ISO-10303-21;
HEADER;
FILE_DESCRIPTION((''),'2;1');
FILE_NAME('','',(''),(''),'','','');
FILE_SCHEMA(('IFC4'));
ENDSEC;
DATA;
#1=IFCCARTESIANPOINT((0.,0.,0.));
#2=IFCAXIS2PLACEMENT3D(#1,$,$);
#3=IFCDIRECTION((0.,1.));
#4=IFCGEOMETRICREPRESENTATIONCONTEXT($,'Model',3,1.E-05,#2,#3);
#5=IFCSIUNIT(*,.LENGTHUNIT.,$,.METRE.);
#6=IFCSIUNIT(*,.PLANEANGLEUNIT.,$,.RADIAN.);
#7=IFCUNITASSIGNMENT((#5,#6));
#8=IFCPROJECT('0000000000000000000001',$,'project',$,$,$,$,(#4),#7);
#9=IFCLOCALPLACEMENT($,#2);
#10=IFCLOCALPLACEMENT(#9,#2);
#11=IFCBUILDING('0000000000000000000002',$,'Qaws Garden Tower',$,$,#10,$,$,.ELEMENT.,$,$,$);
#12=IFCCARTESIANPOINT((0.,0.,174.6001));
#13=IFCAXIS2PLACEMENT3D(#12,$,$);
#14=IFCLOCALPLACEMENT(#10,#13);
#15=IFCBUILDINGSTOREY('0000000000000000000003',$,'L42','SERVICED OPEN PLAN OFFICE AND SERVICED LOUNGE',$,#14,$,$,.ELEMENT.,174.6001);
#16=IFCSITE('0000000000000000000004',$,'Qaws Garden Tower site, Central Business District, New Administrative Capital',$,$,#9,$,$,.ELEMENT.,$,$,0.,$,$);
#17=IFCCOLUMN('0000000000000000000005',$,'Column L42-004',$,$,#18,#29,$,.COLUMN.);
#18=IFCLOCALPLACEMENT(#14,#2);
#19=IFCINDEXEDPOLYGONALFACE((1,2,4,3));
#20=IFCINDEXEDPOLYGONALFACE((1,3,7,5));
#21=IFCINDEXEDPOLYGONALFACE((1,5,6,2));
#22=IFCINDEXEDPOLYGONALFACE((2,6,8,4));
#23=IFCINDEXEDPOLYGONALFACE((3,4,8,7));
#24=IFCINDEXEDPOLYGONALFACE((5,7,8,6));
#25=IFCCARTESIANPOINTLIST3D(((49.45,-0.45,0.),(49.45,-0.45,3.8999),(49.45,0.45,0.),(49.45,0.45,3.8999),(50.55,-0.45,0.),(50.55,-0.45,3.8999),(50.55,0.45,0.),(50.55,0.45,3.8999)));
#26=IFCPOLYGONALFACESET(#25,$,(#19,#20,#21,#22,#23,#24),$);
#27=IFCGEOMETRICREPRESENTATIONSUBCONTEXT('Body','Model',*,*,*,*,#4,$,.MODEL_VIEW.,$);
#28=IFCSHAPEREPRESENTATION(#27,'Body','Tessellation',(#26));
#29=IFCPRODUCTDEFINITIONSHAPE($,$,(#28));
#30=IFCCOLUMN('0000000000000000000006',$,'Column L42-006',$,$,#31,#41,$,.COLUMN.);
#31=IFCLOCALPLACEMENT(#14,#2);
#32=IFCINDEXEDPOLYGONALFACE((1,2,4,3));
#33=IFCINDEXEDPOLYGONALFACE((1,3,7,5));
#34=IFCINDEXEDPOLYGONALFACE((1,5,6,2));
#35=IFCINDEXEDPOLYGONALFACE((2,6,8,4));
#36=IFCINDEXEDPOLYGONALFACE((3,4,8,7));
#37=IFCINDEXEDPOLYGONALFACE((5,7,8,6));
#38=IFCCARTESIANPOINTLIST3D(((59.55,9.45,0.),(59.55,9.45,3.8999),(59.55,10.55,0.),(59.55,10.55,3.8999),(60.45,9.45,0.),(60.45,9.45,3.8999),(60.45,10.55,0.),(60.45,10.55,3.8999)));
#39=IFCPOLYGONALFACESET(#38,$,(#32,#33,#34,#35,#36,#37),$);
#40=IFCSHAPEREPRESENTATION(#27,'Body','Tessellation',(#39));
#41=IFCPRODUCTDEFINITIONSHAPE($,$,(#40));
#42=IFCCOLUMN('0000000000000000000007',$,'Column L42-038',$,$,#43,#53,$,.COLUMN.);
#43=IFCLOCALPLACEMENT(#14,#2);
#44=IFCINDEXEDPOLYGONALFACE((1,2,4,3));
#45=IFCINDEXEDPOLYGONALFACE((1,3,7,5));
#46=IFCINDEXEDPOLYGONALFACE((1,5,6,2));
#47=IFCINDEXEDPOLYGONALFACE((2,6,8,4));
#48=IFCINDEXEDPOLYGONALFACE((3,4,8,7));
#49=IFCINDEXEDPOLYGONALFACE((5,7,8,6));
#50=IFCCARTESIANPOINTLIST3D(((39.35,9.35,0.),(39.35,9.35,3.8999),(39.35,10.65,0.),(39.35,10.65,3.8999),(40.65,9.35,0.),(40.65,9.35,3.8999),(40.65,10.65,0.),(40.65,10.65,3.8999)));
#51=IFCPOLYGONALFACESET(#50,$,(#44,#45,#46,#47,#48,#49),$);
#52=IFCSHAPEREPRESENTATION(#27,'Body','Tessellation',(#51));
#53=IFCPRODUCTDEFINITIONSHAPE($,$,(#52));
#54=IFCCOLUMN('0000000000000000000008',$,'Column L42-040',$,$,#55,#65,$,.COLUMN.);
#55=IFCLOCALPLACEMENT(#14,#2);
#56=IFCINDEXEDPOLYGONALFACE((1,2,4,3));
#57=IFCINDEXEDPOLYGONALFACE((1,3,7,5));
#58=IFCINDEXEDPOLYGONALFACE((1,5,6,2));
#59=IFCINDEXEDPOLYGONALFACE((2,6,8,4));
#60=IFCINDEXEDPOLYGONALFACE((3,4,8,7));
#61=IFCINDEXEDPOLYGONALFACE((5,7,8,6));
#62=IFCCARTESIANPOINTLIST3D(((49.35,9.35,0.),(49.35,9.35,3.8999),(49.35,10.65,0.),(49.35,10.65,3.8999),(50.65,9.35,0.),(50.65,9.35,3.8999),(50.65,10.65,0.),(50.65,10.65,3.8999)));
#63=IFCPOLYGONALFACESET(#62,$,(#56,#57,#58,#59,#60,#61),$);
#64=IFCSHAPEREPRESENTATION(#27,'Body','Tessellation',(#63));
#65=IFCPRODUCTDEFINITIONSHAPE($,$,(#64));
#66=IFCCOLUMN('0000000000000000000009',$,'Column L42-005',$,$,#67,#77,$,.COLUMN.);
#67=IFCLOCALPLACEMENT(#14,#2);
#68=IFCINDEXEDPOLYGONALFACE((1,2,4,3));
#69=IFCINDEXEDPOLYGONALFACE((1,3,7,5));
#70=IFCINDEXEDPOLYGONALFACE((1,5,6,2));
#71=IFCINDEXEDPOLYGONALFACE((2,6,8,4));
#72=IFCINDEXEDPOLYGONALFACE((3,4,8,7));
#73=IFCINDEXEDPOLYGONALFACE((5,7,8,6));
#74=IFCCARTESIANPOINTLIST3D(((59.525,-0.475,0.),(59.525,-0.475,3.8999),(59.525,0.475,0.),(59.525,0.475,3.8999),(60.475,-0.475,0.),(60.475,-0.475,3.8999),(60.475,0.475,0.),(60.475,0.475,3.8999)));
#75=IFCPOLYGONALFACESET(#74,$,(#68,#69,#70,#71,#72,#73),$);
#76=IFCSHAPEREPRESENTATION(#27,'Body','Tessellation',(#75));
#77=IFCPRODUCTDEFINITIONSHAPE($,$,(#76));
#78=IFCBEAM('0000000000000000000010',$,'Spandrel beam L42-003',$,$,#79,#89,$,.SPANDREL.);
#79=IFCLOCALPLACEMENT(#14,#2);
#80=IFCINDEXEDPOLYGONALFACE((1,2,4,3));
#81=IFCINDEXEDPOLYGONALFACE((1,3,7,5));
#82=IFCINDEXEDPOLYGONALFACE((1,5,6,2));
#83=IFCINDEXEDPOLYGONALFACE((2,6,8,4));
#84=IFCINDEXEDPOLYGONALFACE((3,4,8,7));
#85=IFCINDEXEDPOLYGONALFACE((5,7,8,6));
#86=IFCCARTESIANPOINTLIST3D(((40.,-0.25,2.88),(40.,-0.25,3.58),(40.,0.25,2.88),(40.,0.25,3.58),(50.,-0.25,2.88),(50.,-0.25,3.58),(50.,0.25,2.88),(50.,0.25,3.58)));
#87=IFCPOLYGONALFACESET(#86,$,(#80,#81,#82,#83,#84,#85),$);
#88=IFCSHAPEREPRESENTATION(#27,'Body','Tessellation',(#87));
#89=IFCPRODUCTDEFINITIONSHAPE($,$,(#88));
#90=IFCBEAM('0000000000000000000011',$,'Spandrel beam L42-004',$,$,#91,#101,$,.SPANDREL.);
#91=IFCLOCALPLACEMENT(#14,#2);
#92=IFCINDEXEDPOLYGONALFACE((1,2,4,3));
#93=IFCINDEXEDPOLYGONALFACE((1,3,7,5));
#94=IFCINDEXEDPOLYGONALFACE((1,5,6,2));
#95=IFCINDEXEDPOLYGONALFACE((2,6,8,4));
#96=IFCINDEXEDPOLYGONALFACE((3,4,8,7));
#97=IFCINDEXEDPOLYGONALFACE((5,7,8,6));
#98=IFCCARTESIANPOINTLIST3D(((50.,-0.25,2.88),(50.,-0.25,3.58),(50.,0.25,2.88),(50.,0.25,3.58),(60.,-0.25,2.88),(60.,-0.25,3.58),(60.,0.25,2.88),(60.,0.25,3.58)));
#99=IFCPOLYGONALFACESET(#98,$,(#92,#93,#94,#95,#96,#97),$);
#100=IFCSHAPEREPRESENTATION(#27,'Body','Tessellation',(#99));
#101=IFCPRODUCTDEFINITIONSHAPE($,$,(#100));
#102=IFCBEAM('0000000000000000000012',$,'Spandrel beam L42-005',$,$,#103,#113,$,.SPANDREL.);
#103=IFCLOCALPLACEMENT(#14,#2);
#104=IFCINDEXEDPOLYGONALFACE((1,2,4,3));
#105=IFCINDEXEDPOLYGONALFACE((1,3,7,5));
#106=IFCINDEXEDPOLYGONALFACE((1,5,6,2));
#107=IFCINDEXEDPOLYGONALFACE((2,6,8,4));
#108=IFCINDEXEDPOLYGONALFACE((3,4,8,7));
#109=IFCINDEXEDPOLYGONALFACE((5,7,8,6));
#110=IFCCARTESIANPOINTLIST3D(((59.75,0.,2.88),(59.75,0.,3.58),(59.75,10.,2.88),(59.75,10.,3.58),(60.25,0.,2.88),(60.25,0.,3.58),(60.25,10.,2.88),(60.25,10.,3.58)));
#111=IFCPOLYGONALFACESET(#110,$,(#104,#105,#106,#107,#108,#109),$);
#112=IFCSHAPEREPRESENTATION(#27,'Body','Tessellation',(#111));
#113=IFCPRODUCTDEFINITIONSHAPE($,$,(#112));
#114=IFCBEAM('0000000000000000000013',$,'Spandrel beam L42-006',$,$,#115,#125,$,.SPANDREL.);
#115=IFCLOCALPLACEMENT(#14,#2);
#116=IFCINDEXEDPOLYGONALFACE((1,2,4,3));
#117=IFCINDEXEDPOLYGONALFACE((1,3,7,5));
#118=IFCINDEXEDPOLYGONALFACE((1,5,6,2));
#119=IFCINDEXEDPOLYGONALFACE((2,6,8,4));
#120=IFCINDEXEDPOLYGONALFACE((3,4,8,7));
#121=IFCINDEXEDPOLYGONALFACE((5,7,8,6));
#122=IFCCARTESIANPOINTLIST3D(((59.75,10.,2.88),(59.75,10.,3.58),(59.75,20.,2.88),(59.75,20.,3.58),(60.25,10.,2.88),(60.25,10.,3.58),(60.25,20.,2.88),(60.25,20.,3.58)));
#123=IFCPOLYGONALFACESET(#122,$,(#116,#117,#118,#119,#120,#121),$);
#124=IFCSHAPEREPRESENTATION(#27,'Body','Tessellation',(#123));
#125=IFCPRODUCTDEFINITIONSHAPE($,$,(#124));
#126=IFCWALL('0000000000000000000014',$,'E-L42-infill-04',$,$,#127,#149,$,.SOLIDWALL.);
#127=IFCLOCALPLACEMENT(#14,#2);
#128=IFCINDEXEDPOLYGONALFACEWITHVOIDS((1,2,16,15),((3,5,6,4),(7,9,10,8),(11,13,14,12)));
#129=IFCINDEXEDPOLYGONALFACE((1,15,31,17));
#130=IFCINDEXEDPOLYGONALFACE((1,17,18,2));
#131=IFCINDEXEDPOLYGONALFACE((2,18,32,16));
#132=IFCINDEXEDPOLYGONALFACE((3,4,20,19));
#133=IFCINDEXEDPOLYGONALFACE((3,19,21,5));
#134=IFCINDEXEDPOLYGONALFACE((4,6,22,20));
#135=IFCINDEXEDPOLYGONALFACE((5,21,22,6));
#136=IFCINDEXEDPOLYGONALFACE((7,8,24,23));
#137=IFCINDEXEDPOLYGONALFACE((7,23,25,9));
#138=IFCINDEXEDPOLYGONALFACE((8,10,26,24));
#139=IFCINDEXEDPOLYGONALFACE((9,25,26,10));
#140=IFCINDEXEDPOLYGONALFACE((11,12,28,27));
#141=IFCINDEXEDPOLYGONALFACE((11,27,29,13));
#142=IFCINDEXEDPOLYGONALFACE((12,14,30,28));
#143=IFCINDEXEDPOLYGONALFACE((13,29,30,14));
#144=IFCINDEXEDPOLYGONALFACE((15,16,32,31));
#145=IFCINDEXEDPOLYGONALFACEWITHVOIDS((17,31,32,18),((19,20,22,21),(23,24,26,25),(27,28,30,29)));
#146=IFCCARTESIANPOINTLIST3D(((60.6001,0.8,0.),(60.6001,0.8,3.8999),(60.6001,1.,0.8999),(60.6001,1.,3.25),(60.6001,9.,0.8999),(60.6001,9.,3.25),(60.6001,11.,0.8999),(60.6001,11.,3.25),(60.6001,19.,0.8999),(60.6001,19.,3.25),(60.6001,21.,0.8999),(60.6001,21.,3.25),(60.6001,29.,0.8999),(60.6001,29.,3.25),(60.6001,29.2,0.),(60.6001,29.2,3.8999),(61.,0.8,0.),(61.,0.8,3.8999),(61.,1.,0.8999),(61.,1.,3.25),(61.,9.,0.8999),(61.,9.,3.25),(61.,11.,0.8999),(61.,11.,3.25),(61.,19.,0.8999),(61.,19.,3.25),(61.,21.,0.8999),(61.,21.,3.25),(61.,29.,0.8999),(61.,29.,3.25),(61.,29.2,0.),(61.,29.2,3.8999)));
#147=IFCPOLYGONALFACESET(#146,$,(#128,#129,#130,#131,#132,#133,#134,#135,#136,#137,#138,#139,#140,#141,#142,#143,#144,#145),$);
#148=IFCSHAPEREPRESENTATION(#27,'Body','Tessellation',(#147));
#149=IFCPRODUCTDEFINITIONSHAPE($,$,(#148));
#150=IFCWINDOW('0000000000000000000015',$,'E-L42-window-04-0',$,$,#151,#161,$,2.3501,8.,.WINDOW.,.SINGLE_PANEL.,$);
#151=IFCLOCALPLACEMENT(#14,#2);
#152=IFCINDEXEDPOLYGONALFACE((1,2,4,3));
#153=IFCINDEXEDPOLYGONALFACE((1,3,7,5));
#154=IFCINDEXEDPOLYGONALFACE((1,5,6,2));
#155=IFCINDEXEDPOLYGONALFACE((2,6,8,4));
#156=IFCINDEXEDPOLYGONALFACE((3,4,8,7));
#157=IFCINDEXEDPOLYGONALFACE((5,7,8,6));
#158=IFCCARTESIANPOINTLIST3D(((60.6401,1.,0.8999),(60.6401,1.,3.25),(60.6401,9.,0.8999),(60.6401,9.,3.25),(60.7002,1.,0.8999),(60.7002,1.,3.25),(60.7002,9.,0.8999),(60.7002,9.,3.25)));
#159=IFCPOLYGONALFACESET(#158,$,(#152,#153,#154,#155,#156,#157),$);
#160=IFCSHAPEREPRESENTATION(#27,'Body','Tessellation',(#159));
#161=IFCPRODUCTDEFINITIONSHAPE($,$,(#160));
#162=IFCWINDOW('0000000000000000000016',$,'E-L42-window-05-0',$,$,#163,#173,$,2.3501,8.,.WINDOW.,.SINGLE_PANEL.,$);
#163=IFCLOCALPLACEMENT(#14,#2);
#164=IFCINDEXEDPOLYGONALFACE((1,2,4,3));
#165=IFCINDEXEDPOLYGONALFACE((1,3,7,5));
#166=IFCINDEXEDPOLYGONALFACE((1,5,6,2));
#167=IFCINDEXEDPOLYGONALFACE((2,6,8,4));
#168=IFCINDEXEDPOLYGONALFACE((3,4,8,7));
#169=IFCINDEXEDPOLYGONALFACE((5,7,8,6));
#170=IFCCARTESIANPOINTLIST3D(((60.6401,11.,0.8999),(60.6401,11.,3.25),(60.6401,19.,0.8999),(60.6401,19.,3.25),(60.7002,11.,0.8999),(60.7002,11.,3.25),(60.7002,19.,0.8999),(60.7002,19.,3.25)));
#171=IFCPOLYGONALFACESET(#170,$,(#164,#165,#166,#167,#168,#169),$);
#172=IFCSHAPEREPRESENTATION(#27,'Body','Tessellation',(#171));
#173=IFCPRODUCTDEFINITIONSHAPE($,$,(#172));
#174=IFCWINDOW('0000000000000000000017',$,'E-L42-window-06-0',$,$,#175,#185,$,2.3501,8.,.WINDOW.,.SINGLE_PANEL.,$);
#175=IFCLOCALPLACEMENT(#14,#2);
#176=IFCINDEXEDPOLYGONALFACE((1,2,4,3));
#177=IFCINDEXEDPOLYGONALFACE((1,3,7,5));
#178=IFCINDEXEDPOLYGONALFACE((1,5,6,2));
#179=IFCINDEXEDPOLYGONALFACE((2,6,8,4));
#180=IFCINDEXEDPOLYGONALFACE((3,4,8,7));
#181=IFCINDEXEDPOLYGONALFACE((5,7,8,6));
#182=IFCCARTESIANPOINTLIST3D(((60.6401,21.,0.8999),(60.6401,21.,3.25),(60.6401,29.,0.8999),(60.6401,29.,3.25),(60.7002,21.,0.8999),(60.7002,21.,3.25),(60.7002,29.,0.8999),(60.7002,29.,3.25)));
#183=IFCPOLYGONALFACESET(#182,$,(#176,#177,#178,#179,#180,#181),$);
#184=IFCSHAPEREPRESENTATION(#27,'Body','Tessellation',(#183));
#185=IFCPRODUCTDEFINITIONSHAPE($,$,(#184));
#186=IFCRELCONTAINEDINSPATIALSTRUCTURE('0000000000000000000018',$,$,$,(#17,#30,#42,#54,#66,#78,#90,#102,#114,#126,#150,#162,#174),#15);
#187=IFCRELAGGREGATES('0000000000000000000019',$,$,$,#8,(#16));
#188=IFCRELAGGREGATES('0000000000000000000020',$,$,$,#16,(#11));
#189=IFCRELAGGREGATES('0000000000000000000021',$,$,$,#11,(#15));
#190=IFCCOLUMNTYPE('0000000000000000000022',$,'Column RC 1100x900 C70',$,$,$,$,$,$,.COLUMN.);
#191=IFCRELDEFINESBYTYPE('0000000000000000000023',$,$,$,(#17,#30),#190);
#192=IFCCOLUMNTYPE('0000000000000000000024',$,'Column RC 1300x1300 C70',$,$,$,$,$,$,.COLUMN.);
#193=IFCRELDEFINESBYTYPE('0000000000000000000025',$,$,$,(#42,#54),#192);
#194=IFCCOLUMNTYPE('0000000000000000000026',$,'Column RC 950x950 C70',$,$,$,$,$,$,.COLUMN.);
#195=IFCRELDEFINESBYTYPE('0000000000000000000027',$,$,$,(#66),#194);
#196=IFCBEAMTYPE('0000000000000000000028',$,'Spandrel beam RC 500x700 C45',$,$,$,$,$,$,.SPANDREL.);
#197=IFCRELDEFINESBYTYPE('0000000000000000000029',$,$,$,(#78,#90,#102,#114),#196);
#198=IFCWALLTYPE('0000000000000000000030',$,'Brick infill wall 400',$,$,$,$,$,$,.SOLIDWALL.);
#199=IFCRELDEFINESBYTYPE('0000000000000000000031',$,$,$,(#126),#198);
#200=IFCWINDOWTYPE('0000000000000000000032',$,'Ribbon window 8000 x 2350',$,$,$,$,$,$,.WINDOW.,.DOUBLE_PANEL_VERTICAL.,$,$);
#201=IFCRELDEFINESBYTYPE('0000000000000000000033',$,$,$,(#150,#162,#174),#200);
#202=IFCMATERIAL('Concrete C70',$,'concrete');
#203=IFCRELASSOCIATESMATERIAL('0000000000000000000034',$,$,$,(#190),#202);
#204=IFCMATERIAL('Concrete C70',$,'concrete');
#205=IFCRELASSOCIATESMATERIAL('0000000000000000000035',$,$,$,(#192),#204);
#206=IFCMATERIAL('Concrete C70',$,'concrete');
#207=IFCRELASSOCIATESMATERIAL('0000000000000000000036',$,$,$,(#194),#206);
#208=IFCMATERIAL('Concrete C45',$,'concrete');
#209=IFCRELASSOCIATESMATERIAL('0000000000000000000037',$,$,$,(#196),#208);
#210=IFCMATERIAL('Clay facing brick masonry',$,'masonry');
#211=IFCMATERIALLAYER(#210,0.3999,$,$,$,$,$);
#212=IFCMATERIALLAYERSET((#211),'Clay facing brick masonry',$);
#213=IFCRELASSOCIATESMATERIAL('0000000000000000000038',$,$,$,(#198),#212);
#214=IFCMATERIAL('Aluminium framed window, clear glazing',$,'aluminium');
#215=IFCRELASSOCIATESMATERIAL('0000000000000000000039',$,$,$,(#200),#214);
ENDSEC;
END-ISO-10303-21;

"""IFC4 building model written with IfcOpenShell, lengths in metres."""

from ifc_helpers import new_model, si_unit, direction, frame, frame_2d, origin, origin_2d, place, context, subcontext, project, spatial, rectangle, extrude, material, layer, layer_set, material_profile, profile_set, type_object, element, fill, save


model = new_model("IFC4")

# Units and contexts
model_context = context("Model", 3, precision=1e-05, world=origin(), true_north=direction((0.0, 1.0)))
body_context = subcontext(model_context, "Body", "Model", "MODEL_VIEW")
ifc_project = project(units=[si_unit("LENGTHUNIT", "METRE"), si_unit("PLANEANGLEUNIT", "RADIAN")], contexts=[model_context])

# Site, building, storey
site_placement = place(None, origin())
site = spatial("IfcSite", under=ifc_project, at=site_placement, Name="Qaws Garden Tower site, Central Business District, New Administrative Capital", CompositionType="ELEMENT", RefElevation=0.0)
building_placement = place(site_placement, origin())
building = spatial("IfcBuilding", under=site, at=building_placement, Name="Qaws Garden Tower", CompositionType="ELEMENT")
storey_placement = place(building_placement, frame((0.0, 0.0, 174.6001)))
storey = spatial("IfcBuildingStorey", under=building, at=storey_placement, Name="L42", Description="SERVICED OPEN PLAN OFFICE AND SERVICED LOUNGE", CompositionType="ELEMENT", Elevation=174.6001)

# Columns
ifc_material_1 = material(Name="Concrete C70", Category="concrete")
ifc_material_profile_1 = material_profile(ifc_material_1, rectangle(XDim=1.1001, YDim=0.8999, at=origin_2d()), Name="RC 1100x900")
ifc_profile_set_1 = profile_set([ifc_material_profile_1], Name="Concrete C70")
column_type_1 = type_object("IfcColumnType", Name="Column RC 1100x900 C70", PredefinedType="COLUMN", material=ifc_profile_set_1)
for number, where, z_axis, x_axis, name in (
    (1, (50.0, 0.0, 0.0), (0.0, 0.0, 1.0), (1.0, 0.0, 0.0), "Column L42-004"),
    (2, (60.0, 10.0, 0.0), (0.0, 0.0, 1.0), (0.0, 1.0, 0.0), "Column L42-006"),
):
    element("IfcColumn", number, at=place(storey_placement, frame(where, z_axis=z_axis, x_axis=x_axis)), inside=storey, type_object=column_type_1, Name=name, PredefinedType="COLUMN", context=body_context, shape_type="SweptSolid", body=[
        extrude(rectangle(XDim=1.1001, YDim=0.8999, at=origin_2d()), origin(), (0.0, 0.0, 1.0), 3.8999),
    ])
ifc_material_2 = material(Name="Concrete C70", Category="concrete")
ifc_material_profile_2 = material_profile(ifc_material_2, rectangle(XDim=1.3, YDim=1.3, at=origin_2d()), Name="RC 1300x1300")
ifc_profile_set_2 = profile_set([ifc_material_profile_2], Name="Concrete C70")
column_type_2 = type_object("IfcColumnType", Name="Column RC 1300x1300 C70", PredefinedType="COLUMN", material=ifc_profile_set_2)
for number, where, z_axis, x_axis, name in (
    (3, (40.0, 10.0, 0.0), (0.0, 0.0, 1.0), (1.0, 0.0, 0.0), "Column L42-038"),
    (4, (50.0, 10.0, 0.0), (0.0, 0.0, 1.0), (1.0, 0.0, 0.0), "Column L42-040"),
):
    element("IfcColumn", number, at=place(storey_placement, frame(where, z_axis=z_axis, x_axis=x_axis)), inside=storey, type_object=column_type_2, Name=name, PredefinedType="COLUMN", context=body_context, shape_type="SweptSolid", body=[
        extrude(rectangle(XDim=1.3, YDim=1.3, at=origin_2d()), origin(), (0.0, 0.0, 1.0), 3.8999),
    ])
ifc_material_3 = material(Name="Concrete C70", Category="concrete")
ifc_material_profile_3 = material_profile(ifc_material_3, rectangle(XDim=0.95, YDim=0.95, at=origin_2d()), Name="RC 950x950")
ifc_profile_set_3 = profile_set([ifc_material_profile_3], Name="Concrete C70")
column_type_3 = type_object("IfcColumnType", Name="Column RC 950x950 C70", PredefinedType="COLUMN", material=ifc_profile_set_3)
column_placement = place(storey_placement, frame((60.0, 0.0, 0.0), z_axis=(0.0, 0.0, 1.0), x_axis=(1.0, 0.0, 0.0)))
element("IfcColumn", 5, at=column_placement, inside=storey, type_object=column_type_3, Name="Column L42-005", PredefinedType="COLUMN", context=body_context, shape_type="SweptSolid", body=[
    extrude(rectangle(XDim=0.95, YDim=0.95, at=origin_2d()), origin(), (0.0, 0.0, 1.0), 3.8999),
])

# Beams
ifc_material_4 = material(Name="Concrete C45", Category="concrete")
ifc_material_profile_4 = material_profile(ifc_material_4, rectangle(XDim=0.5, YDim=0.7, at=origin_2d()), Name="RC 500x700")
ifc_profile_set_4 = profile_set([ifc_material_profile_4], Name="Concrete C45")
beam_type = type_object("IfcBeamType", Name="Spandrel beam RC 500x700 C45", PredefinedType="SPANDREL", material=ifc_profile_set_4)
for number, where, z_axis, x_axis, name in (
    (6, (40.0, 0.0, 3.23), (1.0, 0.0, 0.0), (0.0, 1.0, 0.0), "Spandrel beam L42-003"),
    (7, (50.0, 0.0, 3.23), (1.0, 0.0, 0.0), (0.0, 1.0, 0.0), "Spandrel beam L42-004"),
    (8, (60.0, 0.0, 3.23), (0.0, 1.0, 0.0), (-1.0, 0.0, 0.0), "Spandrel beam L42-005"),
    (9, (60.0, 10.0, 3.23), (0.0, 1.0, 0.0), (-1.0, 0.0, 0.0), "Spandrel beam L42-006"),
):
    element("IfcBeam", number, at=place(storey_placement, frame(where, z_axis=z_axis, x_axis=x_axis)), inside=storey, type_object=beam_type, Name=name, PredefinedType="SPANDREL", context=body_context, shape_type="SweptSolid", body=[
        extrude(rectangle(XDim=0.5, YDim=0.7, at=origin_2d()), origin(), (0.0, 0.0, 1.0), 10.0),
    ])

# Wall, openings, windows
ifc_material_5 = material(Name="Clay facing brick masonry", Category="masonry")
ifc_layer_1 = layer(ifc_material_5, 0.3999)
ifc_layer_set_1 = layer_set([ifc_layer_1], Name="Clay facing brick masonry")
wall_type_1 = type_object("IfcWallType", Name="Brick infill wall 400", PredefinedType="SOLIDWALL", material=ifc_layer_set_1)
wall_1_placement = place(storey_placement, frame((60.8, 0.8, 0.0), z_axis=(0.0, 0.0, 1.0), x_axis=(0.0, 1.0, 0.0)))
wall_1 = element("IfcWall", 10, at=wall_1_placement, inside=storey, type_object=wall_type_1, Name="E-L42-infill-04", PredefinedType="SOLIDWALL", context=body_context, shape_type="SweptSolid", body=[
    extrude(rectangle(XDim=28.3999, YDim=0.3999, at=frame_2d((14.2, 0.0))), origin(), (0.0, 0.0, 1.0), 3.8999),
])
opening_1_placement = place(wall_1_placement, frame((0.2, 0.0, 0.8999)))
opening_1 = element("IfcOpeningElement", 11, at=opening_1_placement, cuts=wall_1, PredefinedType="OPENING", context=body_context, shape_type="SweptSolid", body=[
    extrude(rectangle(XDim=8.0, YDim=2.3501, at=frame_2d((4.0, 1.175))), frame((0.0, 0.21, 0.0), z_axis=(0.0, -1.0, 0.0), x_axis=(1.0, 0.0, 0.0)), (0.0, 0.0, 1.0), 0.4199),
])
opening_2_placement = place(wall_1_placement, frame((10.2, 0.0, 0.8999)))
opening_2 = element("IfcOpeningElement", 12, at=opening_2_placement, cuts=wall_1, PredefinedType="OPENING", context=body_context, shape_type="SweptSolid", body=[
    extrude(rectangle(XDim=8.0, YDim=2.3501, at=frame_2d((4.0, 1.175))), frame((0.0, 0.21, 0.0), z_axis=(0.0, -1.0, 0.0), x_axis=(1.0, 0.0, 0.0)), (0.0, 0.0, 1.0), 0.4199),
])
opening_3_placement = place(wall_1_placement, frame((20.2, 0.0, 0.8999)))
opening_3 = element("IfcOpeningElement", 13, at=opening_3_placement, cuts=wall_1, PredefinedType="OPENING", context=body_context, shape_type="SweptSolid", body=[
    extrude(rectangle(XDim=8.0, YDim=2.3501, at=frame_2d((4.0, 1.175))), frame((0.0, 0.21, 0.0), z_axis=(0.0, -1.0, 0.0), x_axis=(1.0, 0.0, 0.0)), (0.0, 0.0, 1.0), 0.4199),
])
ifc_material_6 = material(Name="Aluminium framed window, clear glazing", Category="aluminium")
window_type = type_object("IfcWindowType", Name="Ribbon window 8000 x 2350", PartitioningType="DOUBLE_PANEL_VERTICAL", PredefinedType="WINDOW", material=ifc_material_6)
window_1_placement = place(opening_1_placement, origin())
window_1 = element("IfcWindow", 14, at=window_1_placement, inside=storey, type_object=window_type, Name="E-L42-window-04-0", OverallHeight=2.3501, OverallWidth=8.0, PartitioningType="SINGLE_PANEL", PredefinedType="WINDOW", context=body_context, shape_type="SweptSolid", body=[
    extrude(rectangle(XDim=8.0, YDim=2.3501, at=frame_2d((4.0, 1.175))), frame((0.0, 0.1599, 0.0), z_axis=(0.0, -1.0, 0.0), x_axis=(1.0, 0.0, 0.0)), (0.0, 0.0, 1.0), 0.0601),
])
fill(opening_1, window_1)
window_2_placement = place(opening_2_placement, origin())
window_2 = element("IfcWindow", 15, at=window_2_placement, inside=storey, type_object=window_type, Name="E-L42-window-05-0", OverallHeight=2.3501, OverallWidth=8.0, PartitioningType="SINGLE_PANEL", PredefinedType="WINDOW", context=body_context, shape_type="SweptSolid", body=[
    extrude(rectangle(XDim=8.0, YDim=2.3501, at=frame_2d((4.0, 1.175))), frame((0.0, 0.1599, 0.0), z_axis=(0.0, -1.0, 0.0), x_axis=(1.0, 0.0, 0.0)), (0.0, 0.0, 1.0), 0.0601),
])
fill(opening_2, window_2)
window_3_placement = place(opening_3_placement, origin())
window_3 = element("IfcWindow", 16, at=window_3_placement, inside=storey, type_object=window_type, Name="E-L42-window-06-0", OverallHeight=2.3501, OverallWidth=8.0, PartitioningType="SINGLE_PANEL", PredefinedType="WINDOW", context=body_context, shape_type="SweptSolid", body=[
    extrude(rectangle(XDim=8.0, YDim=2.3501, at=frame_2d((4.0, 1.175))), frame((0.0, 0.1599, 0.0), z_axis=(0.0, -1.0, 0.0), x_axis=(1.0, 0.0, 0.0)), (0.0, 0.0, 1.0), 0.0601),
])
fill(opening_3, window_3)

save(model, "model.ifc")
